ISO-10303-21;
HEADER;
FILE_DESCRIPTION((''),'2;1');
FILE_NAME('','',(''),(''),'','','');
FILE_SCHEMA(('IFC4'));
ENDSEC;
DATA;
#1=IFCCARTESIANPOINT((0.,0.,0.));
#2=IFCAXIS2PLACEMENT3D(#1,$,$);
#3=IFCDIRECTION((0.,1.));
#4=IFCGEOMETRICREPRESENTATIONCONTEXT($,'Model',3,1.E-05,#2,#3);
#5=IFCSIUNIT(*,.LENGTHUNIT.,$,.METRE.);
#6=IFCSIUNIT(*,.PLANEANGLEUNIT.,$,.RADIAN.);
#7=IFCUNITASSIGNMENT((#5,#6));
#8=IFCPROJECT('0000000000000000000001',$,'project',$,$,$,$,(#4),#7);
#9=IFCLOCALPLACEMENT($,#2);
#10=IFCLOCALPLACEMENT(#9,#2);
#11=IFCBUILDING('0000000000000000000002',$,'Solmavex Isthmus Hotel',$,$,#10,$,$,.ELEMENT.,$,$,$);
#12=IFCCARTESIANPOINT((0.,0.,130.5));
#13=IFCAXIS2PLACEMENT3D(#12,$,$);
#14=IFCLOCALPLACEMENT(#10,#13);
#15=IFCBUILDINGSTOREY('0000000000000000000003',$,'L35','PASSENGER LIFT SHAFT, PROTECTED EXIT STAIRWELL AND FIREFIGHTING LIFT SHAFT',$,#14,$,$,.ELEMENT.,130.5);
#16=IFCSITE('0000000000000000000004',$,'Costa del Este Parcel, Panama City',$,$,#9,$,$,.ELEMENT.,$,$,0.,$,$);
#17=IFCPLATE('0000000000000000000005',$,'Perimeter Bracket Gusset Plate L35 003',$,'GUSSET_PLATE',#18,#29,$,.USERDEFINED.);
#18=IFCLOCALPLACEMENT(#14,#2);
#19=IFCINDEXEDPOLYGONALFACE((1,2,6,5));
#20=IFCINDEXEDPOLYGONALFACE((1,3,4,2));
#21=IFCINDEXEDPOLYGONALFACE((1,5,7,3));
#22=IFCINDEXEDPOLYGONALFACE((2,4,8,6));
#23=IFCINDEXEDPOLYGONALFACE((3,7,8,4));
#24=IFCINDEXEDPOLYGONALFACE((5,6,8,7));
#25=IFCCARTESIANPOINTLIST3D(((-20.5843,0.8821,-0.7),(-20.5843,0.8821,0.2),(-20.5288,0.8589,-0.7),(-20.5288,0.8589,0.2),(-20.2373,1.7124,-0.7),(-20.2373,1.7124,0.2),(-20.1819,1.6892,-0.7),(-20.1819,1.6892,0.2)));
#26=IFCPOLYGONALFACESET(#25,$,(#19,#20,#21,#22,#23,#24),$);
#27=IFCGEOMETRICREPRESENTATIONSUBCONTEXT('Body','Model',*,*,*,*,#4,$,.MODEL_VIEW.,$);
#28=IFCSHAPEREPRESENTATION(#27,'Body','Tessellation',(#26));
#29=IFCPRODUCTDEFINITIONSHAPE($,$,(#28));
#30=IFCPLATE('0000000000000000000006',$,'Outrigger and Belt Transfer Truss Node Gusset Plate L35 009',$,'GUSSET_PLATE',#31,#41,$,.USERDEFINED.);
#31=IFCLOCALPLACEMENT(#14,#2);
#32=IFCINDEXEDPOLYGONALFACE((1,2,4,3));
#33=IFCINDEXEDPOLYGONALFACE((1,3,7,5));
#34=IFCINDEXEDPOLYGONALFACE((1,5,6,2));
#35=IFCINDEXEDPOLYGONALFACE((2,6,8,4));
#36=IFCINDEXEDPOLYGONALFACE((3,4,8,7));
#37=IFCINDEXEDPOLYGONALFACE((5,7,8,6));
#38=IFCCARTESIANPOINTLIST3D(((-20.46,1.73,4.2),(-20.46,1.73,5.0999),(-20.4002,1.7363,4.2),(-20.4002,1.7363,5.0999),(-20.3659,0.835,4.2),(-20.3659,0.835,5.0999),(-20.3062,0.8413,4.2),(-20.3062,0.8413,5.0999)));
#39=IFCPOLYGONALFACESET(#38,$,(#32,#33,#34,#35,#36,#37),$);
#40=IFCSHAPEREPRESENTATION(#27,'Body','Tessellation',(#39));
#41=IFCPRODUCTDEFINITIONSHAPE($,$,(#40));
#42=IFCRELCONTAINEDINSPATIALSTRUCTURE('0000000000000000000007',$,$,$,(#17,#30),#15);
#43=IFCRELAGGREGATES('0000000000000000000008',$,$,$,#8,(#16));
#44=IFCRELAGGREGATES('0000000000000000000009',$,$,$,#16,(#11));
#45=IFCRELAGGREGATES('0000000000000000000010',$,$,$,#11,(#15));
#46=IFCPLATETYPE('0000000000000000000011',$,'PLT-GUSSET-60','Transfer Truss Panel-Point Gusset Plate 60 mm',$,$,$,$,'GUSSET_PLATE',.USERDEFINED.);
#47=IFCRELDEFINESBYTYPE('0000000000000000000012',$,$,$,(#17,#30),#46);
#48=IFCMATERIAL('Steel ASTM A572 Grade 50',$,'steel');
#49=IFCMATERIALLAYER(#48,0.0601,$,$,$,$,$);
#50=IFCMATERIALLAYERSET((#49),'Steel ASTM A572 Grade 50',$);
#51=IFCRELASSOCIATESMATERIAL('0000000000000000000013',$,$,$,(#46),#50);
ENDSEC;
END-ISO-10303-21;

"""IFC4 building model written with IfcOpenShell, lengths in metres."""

from ifc_helpers import new_model, si_unit, direction, frame, origin, origin_2d, place, context, subcontext, project, spatial, rectangle, extrude, material, layer, layer_set, type_object, element, save


model = new_model("IFC4")

# Units and contexts
model_context = context("Model", 3, precision=1e-05, world=origin(), true_north=direction((0.0, 1.0)))
body_context = subcontext(model_context, "Body", "Model", "MODEL_VIEW")
ifc_project = project(units=[si_unit("LENGTHUNIT", "METRE"), si_unit("PLANEANGLEUNIT", "RADIAN")], contexts=[model_context])

# Site, building, storey
site_placement = place(None, origin())
site = spatial("IfcSite", under=ifc_project, at=site_placement, Name="Costa del Este Parcel, Panama City", CompositionType="ELEMENT", RefElevation=0.0)
building_placement = place(site_placement, origin())
building = spatial("IfcBuilding", under=site, at=building_placement, Name="Solmavex Isthmus Hotel", CompositionType="ELEMENT")
storey_placement = place(building_placement, frame((0.0, 0.0, 130.5)))
storey = spatial("IfcBuildingStorey", under=building, at=storey_placement, Name="L35", Description="PASSENGER LIFT SHAFT, PROTECTED EXIT STAIRWELL AND FIREFIGHTING LIFT SHAFT", CompositionType="ELEMENT", Elevation=130.5)

# Plates
ifc_material_1 = material(Name="Steel ASTM A572 Grade 50", Category="steel")
ifc_layer = layer(ifc_material_1, 0.0601)
ifc_layer_set = layer_set([ifc_layer], Name="Steel ASTM A572 Grade 50")
plate_type = type_object("IfcPlateType", Name="PLT-GUSSET-60", Description="Transfer Truss Panel-Point Gusset Plate 60 mm", ElementType="GUSSET_PLATE", PredefinedType="USERDEFINED", material=ifc_layer_set)
for number, where, z_axis, x_axis, name in (
    (1, (-20.3831, 1.2856, -0.7), (0.0, 0.0, 1.0), (-0.385584, -0.922673, 0.0), "Perimeter Bracket Gusset Plate L35 003"),
    (2, (-20.3831, 1.2856, 4.2), (0.0, 0.0, 1.0), (-0.104528, 0.994522, 0.0), "Outrigger and Belt Transfer Truss Node Gusset Plate L35 009"),
):
    element("IfcPlate", number, at=place(storey_placement, frame(where, z_axis=z_axis, x_axis=x_axis)), inside=storey, type_object=plate_type, Name=name, ObjectType="GUSSET_PLATE", PredefinedType="USERDEFINED", context=body_context, shape_type="SweptSolid", body=[
        extrude(rectangle(XDim=0.8999, YDim=0.0601, at=origin_2d()), origin(), (0.0, 0.0, 1.0), 0.8999),
    ])

save(model, "model.ifc")
